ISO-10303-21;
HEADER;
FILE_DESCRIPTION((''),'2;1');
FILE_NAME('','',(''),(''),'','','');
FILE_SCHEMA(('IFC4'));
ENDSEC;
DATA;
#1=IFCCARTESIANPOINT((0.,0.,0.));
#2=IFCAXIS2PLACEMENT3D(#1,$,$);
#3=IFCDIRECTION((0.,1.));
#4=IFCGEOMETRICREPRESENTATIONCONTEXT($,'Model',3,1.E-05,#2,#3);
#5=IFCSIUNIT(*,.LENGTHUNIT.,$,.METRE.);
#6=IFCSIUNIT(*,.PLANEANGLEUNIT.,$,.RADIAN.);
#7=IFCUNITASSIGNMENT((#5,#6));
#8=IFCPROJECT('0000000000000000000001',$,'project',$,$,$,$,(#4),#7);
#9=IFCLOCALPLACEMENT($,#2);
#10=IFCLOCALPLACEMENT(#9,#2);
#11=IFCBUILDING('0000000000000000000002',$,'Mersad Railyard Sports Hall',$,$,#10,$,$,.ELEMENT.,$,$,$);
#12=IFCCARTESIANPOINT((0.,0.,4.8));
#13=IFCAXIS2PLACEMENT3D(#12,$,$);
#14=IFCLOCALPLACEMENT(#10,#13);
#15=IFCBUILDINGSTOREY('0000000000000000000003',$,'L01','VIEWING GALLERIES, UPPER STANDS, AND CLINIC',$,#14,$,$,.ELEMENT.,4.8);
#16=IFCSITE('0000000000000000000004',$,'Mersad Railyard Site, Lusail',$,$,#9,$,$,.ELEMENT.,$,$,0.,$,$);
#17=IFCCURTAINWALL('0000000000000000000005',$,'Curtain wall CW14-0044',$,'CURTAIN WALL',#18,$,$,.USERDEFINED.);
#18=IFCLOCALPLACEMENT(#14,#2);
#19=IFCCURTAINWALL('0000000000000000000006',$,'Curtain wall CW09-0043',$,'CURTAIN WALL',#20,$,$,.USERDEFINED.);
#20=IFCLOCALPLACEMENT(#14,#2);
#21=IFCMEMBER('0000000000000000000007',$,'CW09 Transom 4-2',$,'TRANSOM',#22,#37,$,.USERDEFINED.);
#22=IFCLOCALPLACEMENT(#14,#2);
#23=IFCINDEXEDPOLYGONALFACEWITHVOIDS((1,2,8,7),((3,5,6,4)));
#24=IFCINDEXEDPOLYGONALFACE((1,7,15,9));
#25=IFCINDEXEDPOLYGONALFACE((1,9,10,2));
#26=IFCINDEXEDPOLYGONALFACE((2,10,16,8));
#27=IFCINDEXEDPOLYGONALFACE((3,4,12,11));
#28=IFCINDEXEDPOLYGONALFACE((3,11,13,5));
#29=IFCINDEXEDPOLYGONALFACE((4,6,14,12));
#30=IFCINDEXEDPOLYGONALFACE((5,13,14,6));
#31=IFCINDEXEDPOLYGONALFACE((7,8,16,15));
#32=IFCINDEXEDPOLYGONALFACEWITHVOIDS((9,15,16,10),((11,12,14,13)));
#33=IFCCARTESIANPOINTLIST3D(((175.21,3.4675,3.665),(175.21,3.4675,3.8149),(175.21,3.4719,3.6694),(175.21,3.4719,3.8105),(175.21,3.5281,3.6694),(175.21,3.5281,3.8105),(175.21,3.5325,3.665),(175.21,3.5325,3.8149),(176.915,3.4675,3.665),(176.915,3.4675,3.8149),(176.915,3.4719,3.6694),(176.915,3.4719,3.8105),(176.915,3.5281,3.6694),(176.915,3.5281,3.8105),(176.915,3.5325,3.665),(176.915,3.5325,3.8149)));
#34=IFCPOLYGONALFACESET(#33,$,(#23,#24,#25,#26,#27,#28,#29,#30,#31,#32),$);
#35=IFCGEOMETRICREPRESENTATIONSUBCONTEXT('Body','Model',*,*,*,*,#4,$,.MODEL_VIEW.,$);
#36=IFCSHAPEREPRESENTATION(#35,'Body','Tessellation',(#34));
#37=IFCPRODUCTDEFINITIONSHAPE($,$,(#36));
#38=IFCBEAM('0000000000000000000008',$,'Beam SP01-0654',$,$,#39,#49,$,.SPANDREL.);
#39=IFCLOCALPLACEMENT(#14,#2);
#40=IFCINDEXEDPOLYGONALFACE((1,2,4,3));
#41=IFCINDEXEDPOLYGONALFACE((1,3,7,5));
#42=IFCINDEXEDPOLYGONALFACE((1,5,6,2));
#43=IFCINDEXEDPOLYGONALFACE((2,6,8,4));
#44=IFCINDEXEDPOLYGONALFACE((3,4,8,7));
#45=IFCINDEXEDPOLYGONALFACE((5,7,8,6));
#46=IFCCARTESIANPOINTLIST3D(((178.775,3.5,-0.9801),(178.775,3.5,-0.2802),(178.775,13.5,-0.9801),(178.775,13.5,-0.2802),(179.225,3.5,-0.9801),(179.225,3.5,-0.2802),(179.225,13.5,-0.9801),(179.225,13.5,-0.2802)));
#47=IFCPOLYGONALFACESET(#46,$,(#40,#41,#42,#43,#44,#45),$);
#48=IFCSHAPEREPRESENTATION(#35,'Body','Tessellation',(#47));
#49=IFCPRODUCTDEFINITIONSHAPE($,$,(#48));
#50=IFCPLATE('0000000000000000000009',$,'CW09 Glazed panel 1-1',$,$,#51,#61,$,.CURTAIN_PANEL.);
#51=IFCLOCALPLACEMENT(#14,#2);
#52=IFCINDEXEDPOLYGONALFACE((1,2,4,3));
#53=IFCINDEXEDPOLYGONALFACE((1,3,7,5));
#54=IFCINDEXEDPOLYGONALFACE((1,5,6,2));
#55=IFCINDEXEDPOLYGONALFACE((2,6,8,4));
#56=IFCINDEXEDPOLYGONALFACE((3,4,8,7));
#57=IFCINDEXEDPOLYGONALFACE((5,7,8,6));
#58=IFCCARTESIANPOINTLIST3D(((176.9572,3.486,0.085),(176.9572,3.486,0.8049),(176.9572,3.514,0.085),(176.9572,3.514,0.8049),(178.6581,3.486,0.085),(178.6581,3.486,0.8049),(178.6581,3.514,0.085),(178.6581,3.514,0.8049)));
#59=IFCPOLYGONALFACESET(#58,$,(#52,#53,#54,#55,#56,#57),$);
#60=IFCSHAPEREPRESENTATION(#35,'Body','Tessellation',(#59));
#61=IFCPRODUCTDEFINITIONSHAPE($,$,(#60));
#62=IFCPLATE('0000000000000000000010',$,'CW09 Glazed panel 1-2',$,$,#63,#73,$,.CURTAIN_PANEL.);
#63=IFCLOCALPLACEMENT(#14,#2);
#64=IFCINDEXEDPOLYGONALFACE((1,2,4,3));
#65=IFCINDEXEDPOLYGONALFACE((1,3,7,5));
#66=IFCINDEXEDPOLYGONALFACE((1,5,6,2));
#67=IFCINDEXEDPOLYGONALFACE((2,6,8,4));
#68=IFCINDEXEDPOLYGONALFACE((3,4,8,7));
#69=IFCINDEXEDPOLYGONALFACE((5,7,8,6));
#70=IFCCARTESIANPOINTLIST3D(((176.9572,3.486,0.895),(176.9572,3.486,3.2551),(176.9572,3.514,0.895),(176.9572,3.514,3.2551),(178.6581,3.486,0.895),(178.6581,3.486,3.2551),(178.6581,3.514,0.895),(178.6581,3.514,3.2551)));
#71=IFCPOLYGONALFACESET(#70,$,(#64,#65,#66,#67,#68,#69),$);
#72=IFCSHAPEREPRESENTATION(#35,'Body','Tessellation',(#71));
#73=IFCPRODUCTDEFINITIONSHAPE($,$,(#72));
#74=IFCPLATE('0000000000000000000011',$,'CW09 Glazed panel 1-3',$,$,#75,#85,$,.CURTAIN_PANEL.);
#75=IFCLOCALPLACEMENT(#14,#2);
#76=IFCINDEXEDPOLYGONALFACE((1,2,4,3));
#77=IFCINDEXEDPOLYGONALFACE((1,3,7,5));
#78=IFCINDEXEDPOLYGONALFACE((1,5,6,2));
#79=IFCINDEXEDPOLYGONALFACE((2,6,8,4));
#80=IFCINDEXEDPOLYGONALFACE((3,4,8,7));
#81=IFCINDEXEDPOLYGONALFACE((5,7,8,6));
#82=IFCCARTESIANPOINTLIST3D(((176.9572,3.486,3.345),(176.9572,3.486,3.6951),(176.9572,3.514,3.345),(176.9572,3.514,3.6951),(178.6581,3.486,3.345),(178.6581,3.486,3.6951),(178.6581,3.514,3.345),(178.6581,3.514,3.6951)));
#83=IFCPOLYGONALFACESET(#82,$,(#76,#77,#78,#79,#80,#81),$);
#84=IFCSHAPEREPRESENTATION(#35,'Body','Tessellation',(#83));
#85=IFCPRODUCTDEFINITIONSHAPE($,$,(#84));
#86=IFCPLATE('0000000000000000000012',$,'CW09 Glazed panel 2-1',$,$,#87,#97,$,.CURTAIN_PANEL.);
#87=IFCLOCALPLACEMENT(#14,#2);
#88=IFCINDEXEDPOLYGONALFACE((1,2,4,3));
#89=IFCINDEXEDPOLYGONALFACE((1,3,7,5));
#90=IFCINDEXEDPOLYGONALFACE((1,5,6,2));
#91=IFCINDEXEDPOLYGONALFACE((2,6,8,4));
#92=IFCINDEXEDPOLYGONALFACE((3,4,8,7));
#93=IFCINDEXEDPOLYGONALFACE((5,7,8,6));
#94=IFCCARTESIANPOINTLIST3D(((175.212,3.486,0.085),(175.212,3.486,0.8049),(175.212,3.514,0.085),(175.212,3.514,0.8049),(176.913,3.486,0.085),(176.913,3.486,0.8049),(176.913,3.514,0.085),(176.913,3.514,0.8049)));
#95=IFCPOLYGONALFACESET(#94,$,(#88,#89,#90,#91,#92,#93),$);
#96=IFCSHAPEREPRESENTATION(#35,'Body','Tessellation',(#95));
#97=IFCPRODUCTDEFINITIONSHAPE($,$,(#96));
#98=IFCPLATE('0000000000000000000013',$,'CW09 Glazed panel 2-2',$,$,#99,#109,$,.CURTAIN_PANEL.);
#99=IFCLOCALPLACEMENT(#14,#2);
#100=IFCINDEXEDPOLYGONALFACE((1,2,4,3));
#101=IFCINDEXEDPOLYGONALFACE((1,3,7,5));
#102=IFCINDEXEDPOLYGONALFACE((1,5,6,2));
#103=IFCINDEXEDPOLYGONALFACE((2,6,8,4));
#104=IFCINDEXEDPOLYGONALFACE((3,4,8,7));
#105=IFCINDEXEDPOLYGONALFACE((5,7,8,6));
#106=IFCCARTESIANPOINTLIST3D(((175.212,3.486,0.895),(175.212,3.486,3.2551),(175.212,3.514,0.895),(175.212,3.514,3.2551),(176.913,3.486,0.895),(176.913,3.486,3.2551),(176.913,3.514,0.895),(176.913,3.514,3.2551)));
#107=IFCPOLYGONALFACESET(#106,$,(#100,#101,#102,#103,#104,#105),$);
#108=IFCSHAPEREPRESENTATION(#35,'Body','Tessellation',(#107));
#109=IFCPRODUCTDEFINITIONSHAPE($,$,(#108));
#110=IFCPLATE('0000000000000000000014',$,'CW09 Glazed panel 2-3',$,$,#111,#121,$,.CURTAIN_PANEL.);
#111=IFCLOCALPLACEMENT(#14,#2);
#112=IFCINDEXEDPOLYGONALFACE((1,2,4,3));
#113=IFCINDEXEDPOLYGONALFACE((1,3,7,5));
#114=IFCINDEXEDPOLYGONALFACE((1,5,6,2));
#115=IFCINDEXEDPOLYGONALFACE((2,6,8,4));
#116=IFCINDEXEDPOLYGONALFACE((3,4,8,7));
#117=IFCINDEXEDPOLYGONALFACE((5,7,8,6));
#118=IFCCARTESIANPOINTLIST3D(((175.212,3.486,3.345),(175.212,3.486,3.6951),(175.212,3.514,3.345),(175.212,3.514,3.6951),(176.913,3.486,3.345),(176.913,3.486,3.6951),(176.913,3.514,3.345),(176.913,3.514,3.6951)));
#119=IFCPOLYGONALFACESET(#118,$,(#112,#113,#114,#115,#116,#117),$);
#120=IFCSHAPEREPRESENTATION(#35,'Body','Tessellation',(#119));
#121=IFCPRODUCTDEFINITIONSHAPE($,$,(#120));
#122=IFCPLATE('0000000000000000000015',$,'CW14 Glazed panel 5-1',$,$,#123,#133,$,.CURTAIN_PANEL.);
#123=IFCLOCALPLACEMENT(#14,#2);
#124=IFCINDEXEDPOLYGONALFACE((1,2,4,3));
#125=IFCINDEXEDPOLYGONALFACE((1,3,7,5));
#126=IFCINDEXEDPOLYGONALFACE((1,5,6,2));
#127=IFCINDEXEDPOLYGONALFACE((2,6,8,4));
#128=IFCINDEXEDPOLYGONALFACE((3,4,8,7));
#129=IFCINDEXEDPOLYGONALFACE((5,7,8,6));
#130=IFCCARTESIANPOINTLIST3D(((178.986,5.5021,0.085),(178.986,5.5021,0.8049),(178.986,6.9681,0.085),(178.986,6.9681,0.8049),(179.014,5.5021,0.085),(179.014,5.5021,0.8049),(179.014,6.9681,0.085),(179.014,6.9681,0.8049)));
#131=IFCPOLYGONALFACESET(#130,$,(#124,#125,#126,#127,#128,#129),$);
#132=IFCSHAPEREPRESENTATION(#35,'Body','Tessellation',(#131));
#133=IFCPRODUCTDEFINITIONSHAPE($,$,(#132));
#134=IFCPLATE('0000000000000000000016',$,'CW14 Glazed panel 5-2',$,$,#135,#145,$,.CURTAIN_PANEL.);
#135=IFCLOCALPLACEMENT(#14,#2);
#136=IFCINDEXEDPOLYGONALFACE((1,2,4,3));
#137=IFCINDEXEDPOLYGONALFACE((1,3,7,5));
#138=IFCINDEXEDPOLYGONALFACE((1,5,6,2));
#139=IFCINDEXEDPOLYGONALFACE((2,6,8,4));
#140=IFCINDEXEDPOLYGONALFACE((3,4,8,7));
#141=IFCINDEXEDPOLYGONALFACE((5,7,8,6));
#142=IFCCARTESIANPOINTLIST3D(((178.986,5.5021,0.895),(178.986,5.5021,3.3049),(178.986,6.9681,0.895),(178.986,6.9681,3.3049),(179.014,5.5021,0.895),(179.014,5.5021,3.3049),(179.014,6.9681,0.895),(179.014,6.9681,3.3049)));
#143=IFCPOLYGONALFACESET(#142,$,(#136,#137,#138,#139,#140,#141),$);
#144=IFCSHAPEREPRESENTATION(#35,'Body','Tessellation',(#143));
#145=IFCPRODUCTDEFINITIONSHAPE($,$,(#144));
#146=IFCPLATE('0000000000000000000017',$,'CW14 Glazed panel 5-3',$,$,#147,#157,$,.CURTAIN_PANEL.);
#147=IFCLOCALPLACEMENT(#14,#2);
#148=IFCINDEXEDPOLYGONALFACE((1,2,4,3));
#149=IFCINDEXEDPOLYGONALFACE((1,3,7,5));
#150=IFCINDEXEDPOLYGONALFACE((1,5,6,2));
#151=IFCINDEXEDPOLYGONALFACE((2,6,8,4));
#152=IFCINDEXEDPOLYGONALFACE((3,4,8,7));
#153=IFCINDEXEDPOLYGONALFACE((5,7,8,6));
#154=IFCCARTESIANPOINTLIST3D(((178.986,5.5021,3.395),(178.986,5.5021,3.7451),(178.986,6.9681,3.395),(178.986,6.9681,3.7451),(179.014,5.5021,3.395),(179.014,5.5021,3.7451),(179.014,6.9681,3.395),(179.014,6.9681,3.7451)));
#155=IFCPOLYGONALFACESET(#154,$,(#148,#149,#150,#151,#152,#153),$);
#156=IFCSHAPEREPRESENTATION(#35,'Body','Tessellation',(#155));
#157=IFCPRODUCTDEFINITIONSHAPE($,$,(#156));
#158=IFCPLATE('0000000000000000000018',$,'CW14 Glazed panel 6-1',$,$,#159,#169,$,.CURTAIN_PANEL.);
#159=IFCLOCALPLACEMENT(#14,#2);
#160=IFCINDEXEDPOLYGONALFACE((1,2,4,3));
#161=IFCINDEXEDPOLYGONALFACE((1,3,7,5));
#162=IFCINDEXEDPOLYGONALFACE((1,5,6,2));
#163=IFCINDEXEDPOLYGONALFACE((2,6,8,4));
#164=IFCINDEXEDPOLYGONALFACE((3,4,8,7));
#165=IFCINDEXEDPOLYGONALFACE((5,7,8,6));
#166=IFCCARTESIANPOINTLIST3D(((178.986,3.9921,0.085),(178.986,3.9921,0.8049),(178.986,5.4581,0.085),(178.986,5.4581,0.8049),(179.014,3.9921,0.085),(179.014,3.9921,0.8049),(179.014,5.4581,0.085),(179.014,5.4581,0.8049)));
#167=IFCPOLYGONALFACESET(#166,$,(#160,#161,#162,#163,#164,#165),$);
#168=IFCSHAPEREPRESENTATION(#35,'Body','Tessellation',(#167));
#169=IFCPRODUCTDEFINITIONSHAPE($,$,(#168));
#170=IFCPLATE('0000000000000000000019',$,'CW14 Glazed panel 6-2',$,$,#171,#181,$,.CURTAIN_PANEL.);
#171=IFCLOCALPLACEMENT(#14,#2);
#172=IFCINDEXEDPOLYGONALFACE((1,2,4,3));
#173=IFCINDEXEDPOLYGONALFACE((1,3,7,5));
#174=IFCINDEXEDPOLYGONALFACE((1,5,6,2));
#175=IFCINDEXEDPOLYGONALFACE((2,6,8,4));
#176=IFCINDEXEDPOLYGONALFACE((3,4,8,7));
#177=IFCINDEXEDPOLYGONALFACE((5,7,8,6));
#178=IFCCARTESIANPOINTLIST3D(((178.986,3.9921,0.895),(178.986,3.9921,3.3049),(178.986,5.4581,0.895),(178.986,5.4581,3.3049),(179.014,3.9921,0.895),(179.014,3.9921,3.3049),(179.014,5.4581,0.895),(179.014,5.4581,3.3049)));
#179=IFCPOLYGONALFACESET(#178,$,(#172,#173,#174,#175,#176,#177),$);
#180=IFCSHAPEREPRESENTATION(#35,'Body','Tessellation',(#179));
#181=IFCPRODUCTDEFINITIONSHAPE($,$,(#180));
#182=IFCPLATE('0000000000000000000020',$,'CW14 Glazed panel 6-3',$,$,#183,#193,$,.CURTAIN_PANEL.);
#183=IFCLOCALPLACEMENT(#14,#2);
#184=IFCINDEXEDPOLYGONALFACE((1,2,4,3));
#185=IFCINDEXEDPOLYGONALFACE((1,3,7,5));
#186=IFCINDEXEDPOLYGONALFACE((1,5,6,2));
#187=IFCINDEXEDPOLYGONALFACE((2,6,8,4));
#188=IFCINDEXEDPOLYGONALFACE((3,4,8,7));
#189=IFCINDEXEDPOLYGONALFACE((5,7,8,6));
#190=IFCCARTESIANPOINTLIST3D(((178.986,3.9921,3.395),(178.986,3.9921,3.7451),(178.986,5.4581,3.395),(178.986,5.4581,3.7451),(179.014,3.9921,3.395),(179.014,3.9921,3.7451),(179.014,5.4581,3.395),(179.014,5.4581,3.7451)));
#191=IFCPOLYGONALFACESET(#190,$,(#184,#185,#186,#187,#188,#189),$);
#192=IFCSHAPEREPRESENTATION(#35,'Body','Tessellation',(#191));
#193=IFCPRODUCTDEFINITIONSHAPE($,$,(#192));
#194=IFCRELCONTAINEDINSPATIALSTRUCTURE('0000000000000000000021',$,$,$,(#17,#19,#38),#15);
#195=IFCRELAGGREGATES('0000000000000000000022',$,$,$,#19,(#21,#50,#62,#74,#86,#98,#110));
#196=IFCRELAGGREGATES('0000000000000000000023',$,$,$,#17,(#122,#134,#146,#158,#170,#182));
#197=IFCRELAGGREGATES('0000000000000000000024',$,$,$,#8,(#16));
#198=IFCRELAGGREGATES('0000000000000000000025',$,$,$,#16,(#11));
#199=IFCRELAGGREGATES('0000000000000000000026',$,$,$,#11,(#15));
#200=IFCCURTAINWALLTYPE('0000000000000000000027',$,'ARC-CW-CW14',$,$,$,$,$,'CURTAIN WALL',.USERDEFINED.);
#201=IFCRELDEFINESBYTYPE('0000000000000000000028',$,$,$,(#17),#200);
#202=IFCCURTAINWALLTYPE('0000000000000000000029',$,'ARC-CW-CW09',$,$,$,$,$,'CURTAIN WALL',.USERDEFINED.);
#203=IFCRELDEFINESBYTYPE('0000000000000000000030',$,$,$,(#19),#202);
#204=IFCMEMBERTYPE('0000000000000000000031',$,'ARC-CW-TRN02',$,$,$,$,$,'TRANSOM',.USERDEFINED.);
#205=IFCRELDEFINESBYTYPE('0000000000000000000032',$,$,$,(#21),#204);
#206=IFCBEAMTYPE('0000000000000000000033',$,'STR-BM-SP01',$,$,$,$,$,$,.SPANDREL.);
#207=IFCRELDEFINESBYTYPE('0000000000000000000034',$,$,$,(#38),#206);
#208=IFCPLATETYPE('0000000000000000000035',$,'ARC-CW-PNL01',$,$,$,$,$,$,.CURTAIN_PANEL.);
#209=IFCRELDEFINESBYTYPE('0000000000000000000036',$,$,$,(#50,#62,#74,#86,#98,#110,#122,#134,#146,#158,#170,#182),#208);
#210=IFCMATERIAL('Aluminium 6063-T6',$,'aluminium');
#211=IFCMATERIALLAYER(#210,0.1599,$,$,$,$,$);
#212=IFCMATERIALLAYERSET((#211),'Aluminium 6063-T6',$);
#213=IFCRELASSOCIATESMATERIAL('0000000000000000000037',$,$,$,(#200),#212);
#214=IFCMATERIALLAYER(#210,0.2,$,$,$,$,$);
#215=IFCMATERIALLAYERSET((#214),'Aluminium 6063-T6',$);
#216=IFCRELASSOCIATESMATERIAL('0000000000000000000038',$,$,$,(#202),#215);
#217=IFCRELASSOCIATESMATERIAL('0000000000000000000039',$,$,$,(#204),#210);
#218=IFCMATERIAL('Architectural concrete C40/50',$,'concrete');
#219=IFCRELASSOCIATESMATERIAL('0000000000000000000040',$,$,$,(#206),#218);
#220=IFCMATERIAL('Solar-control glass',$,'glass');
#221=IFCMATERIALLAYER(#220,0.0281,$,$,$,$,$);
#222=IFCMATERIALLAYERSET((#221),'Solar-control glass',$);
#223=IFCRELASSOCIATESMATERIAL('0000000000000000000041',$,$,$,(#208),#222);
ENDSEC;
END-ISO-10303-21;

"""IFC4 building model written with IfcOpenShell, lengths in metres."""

from ifc_helpers import new_model, si_unit, direction, frame, origin, origin_2d, place, context, subcontext, project, spatial, rectangle, hollow_rectangle, extrude, material, layer, layer_set, material_profile, profile_set, type_object, element, aggregate, save


model = new_model("IFC4")

# Units and contexts
model_context = context("Model", 3, precision=1e-05, world=origin(), true_north=direction((0.0, 1.0)))
body_context = subcontext(model_context, "Body", "Model", "MODEL_VIEW")
ifc_project = project(units=[si_unit("LENGTHUNIT", "METRE"), si_unit("PLANEANGLEUNIT", "RADIAN")], contexts=[model_context])

# Site, building, storey
site_placement = place(None, origin())
site = spatial("IfcSite", under=ifc_project, at=site_placement, Name="Mersad Railyard Site, Lusail", CompositionType="ELEMENT", RefElevation=0.0)
building_placement = place(site_placement, origin())
building = spatial("IfcBuilding", under=site, at=building_placement, Name="Mersad Railyard Sports Hall", CompositionType="ELEMENT")
storey_placement = place(building_placement, frame((0.0, 0.0, 4.8)))
storey = spatial("IfcBuildingStorey", under=building, at=storey_placement, Name="L01", Description="VIEWING GALLERIES, UPPER STANDS, AND CLINIC", CompositionType="ELEMENT", Elevation=4.8)

# Curtain walls
ifc_material_1 = material(Name="Aluminium 6063-T6", Category="aluminium")
ifc_layer_1 = layer(ifc_material_1, 0.1599)
ifc_layer_set_1 = layer_set([ifc_layer_1], Name="Aluminium 6063-T6")
curtain_wall_type_1 = type_object("IfcCurtainWallType", Name="ARC-CW-CW14", ElementType="CURTAIN WALL", PredefinedType="USERDEFINED", material=ifc_layer_set_1)
curtain_wall_1_placement = place(storey_placement, origin())
curtain_wall_1 = element("IfcCurtainWall", 1, at=curtain_wall_1_placement, inside=storey, type_object=curtain_wall_type_1, Name="Curtain wall CW14-0044", ObjectType="CURTAIN WALL", PredefinedType="USERDEFINED")
ifc_layer_2 = layer(ifc_material_1, 0.2)
ifc_layer_set_2 = layer_set([ifc_layer_2], Name="Aluminium 6063-T6")
curtain_wall_type_2 = type_object("IfcCurtainWallType", Name="ARC-CW-CW09", ElementType="CURTAIN WALL", PredefinedType="USERDEFINED", material=ifc_layer_set_2)
curtain_wall_2_placement = place(storey_placement, origin())
curtain_wall_2 = element("IfcCurtainWall", 2, at=curtain_wall_2_placement, inside=storey, type_object=curtain_wall_type_2, Name="Curtain wall CW09-0043", ObjectType="CURTAIN WALL", PredefinedType="USERDEFINED")

# Member
ifc_material_profile_1 = material_profile(ifc_material_1, hollow_rectangle(XDim=0.0649, YDim=0.1499, WallThickness=0.0044, at=origin_2d()), Name="AL TRANSOM 65x150x4.5")
ifc_profile_set_1 = profile_set([ifc_material_profile_1], Name="Aluminium 6063-T6")
member_type_1 = type_object("IfcMemberType", Name="ARC-CW-TRN02", ElementType="TRANSOM", PredefinedType="USERDEFINED", material=ifc_profile_set_1)
member_1_placement = place(storey_placement, frame((176.915, 3.5, 3.74), z_axis=(-1.0, 0.0, 0.0), x_axis=(0.0, -1.0, 0.0)))
member_1 = element("IfcMember", 3, at=member_1_placement, type_object=member_type_1, Name="CW09 Transom 4-2", ObjectType="TRANSOM", PredefinedType="USERDEFINED", context=body_context, shape_type="SweptSolid", body=[
    extrude(hollow_rectangle(XDim=0.0649, YDim=0.1499, WallThickness=0.0044, at=origin_2d()), origin(), (0.0, 0.0, 1.0), 1.7051),
])

# Beam
ifc_material_2 = material(Name="Architectural concrete C40/50", Category="concrete")
ifc_material_profile_2 = material_profile(ifc_material_2, rectangle(XDim=0.45, YDim=0.7, at=origin_2d()), Name="RC 450x700")
ifc_profile_set_2 = profile_set([ifc_material_profile_2], Name="Architectural concrete C40/50")
beam_type = type_object("IfcBeamType", Name="STR-BM-SP01", PredefinedType="SPANDREL", material=ifc_profile_set_2)
beam_placement = place(storey_placement, frame((179.0, 3.5, -0.6301), z_axis=(0.0, 1.0, 0.0), x_axis=(-1.0, 0.0, 0.0)))
element("IfcBeam", 4, at=beam_placement, inside=storey, type_object=beam_type, Name="Beam SP01-0654", PredefinedType="SPANDREL", context=body_context, shape_type="SweptSolid", body=[
    extrude(rectangle(XDim=0.45, YDim=0.7, at=origin_2d()), origin(), (0.0, 0.0, 1.0), 10.0),
])

# Plates
ifc_material_3 = material(Name="Solar-control glass", Category="glass")
ifc_layer_3 = layer(ifc_material_3, 0.0281)
ifc_layer_set_3 = layer_set([ifc_layer_3], Name="Solar-control glass")
plate_type = type_object("IfcPlateType", Name="ARC-CW-PNL01", PredefinedType="CURTAIN_PANEL", material=ifc_layer_set_3)
plate_1_placement = place(storey_placement, frame((177.8076, 3.5, 0.085), z_axis=(0.0, 0.0, 1.0), x_axis=(-1.0, 0.0, 0.0)))
plate_1 = element("IfcPlate", 5, at=plate_1_placement, type_object=plate_type, Name="CW09 Glazed panel 1-1", PredefinedType="CURTAIN_PANEL", context=body_context, shape_type="SweptSolid", body=[
    extrude(rectangle(XDim=1.7009, YDim=0.0281, at=origin_2d()), origin(), (0.0, 0.0, 1.0), 0.72),
])
plate_2_placement = place(storey_placement, frame((177.8076, 3.5, 0.895), z_axis=(0.0, 0.0, 1.0), x_axis=(-1.0, 0.0, 0.0)))
plate_2 = element("IfcPlate", 6, at=plate_2_placement, type_object=plate_type, Name="CW09 Glazed panel 1-2", PredefinedType="CURTAIN_PANEL", context=body_context, shape_type="SweptSolid", body=[
    extrude(rectangle(XDim=1.7009, YDim=0.0281, at=origin_2d()), origin(), (0.0, 0.0, 1.0), 2.3601),
])
plate_3_placement = place(storey_placement, frame((177.8076, 3.5, 3.345), z_axis=(0.0, 0.0, 1.0), x_axis=(-1.0, 0.0, 0.0)))
plate_3 = element("IfcPlate", 7, at=plate_3_placement, type_object=plate_type, Name="CW09 Glazed panel 1-3", PredefinedType="CURTAIN_PANEL", context=body_context, shape_type="SweptSolid", body=[
    extrude(rectangle(XDim=1.7009, YDim=0.0281, at=origin_2d()), origin(), (0.0, 0.0, 1.0), 0.3501),
])
plate_4_placement = place(storey_placement, frame((176.0625, 3.5, 0.085), z_axis=(0.0, 0.0, 1.0), x_axis=(-1.0, 0.0, 0.0)))
plate_4 = element("IfcPlate", 8, at=plate_4_placement, type_object=plate_type, Name="CW09 Glazed panel 2-1", PredefinedType="CURTAIN_PANEL", context=body_context, shape_type="SweptSolid", body=[
    extrude(rectangle(XDim=1.7009, YDim=0.0281, at=origin_2d()), origin(), (0.0, 0.0, 1.0), 0.72),
])
plate_5_placement = place(storey_placement, frame((176.0625, 3.5, 0.895), z_axis=(0.0, 0.0, 1.0), x_axis=(-1.0, 0.0, 0.0)))
plate_5 = element("IfcPlate", 9, at=plate_5_placement, type_object=plate_type, Name="CW09 Glazed panel 2-2", PredefinedType="CURTAIN_PANEL", context=body_context, shape_type="SweptSolid", body=[
    extrude(rectangle(XDim=1.7009, YDim=0.0281, at=origin_2d()), origin(), (0.0, 0.0, 1.0), 2.3601),
])
plate_6_placement = place(storey_placement, frame((176.0625, 3.5, 3.345), z_axis=(0.0, 0.0, 1.0), x_axis=(-1.0, 0.0, 0.0)))
plate_6 = element("IfcPlate", 10, at=plate_6_placement, type_object=plate_type, Name="CW09 Glazed panel 2-3", PredefinedType="CURTAIN_PANEL", context=body_context, shape_type="SweptSolid", body=[
    extrude(rectangle(XDim=1.7009, YDim=0.0281, at=origin_2d()), origin(), (0.0, 0.0, 1.0), 0.3501),
])
aggregate(curtain_wall_2, [member_1, plate_1, plate_2, plate_3, plate_4, plate_5, plate_6])
plate_7_placement = place(storey_placement, frame((179.0, 6.2351, 0.085), z_axis=(0.0, 0.0, 1.0), x_axis=(0.0, -1.0, 0.0)))
plate_7 = element("IfcPlate", 11, at=plate_7_placement, type_object=plate_type, Name="CW14 Glazed panel 5-1", PredefinedType="CURTAIN_PANEL", context=body_context, shape_type="SweptSolid", body=[
    extrude(rectangle(XDim=1.4661, YDim=0.0281, at=origin_2d()), origin(), (0.0, 0.0, 1.0), 0.72),
])
plate_8_placement = place(storey_placement, frame((179.0, 6.2351, 0.895), z_axis=(0.0, 0.0, 1.0), x_axis=(0.0, -1.0, 0.0)))
plate_8 = element("IfcPlate", 12, at=plate_8_placement, type_object=plate_type, Name="CW14 Glazed panel 5-2", PredefinedType="CURTAIN_PANEL", context=body_context, shape_type="SweptSolid", body=[
    extrude(rectangle(XDim=1.4661, YDim=0.0281, at=origin_2d()), origin(), (0.0, 0.0, 1.0), 2.4099),
])
plate_9_placement = place(storey_placement, frame((179.0, 6.2351, 3.395), z_axis=(0.0, 0.0, 1.0), x_axis=(0.0, -1.0, 0.0)))
plate_9 = element("IfcPlate", 13, at=plate_9_placement, type_object=plate_type, Name="CW14 Glazed panel 5-3", PredefinedType="CURTAIN_PANEL", context=body_context, shape_type="SweptSolid", body=[
    extrude(rectangle(XDim=1.4661, YDim=0.0281, at=origin_2d()), origin(), (0.0, 0.0, 1.0), 0.3501),
])
plate_10_placement = place(storey_placement, frame((179.0, 4.7251, 0.085), z_axis=(0.0, 0.0, 1.0), x_axis=(0.0, -1.0, 0.0)))
plate_10 = element("IfcPlate", 14, at=plate_10_placement, type_object=plate_type, Name="CW14 Glazed panel 6-1", PredefinedType="CURTAIN_PANEL", context=body_context, shape_type="SweptSolid", body=[
    extrude(rectangle(XDim=1.4661, YDim=0.0281, at=origin_2d()), origin(), (0.0, 0.0, 1.0), 0.72),
])
plate_11_placement = place(storey_placement, frame((179.0, 4.7251, 0.895), z_axis=(0.0, 0.0, 1.0), x_axis=(0.0, -1.0, 0.0)))
plate_11 = element("IfcPlate", 15, at=plate_11_placement, type_object=plate_type, Name="CW14 Glazed panel 6-2", PredefinedType="CURTAIN_PANEL", context=body_context, shape_type="SweptSolid", body=[
    extrude(rectangle(XDim=1.4661, YDim=0.0281, at=origin_2d()), origin(), (0.0, 0.0, 1.0), 2.4099),
])
plate_12_placement = place(storey_placement, frame((179.0, 4.7251, 3.395), z_axis=(0.0, 0.0, 1.0), x_axis=(0.0, -1.0, 0.0)))
plate_12 = element("IfcPlate", 16, at=plate_12_placement, type_object=plate_type, Name="CW14 Glazed panel 6-3", PredefinedType="CURTAIN_PANEL", context=body_context, shape_type="SweptSolid", body=[
    extrude(rectangle(XDim=1.4661, YDim=0.0281, at=origin_2d()), origin(), (0.0, 0.0, 1.0), 0.3501),
])
aggregate(curtain_wall_1, [plate_7, plate_8, plate_9, plate_10, plate_11, plate_12])

save(model, "model.ifc")
